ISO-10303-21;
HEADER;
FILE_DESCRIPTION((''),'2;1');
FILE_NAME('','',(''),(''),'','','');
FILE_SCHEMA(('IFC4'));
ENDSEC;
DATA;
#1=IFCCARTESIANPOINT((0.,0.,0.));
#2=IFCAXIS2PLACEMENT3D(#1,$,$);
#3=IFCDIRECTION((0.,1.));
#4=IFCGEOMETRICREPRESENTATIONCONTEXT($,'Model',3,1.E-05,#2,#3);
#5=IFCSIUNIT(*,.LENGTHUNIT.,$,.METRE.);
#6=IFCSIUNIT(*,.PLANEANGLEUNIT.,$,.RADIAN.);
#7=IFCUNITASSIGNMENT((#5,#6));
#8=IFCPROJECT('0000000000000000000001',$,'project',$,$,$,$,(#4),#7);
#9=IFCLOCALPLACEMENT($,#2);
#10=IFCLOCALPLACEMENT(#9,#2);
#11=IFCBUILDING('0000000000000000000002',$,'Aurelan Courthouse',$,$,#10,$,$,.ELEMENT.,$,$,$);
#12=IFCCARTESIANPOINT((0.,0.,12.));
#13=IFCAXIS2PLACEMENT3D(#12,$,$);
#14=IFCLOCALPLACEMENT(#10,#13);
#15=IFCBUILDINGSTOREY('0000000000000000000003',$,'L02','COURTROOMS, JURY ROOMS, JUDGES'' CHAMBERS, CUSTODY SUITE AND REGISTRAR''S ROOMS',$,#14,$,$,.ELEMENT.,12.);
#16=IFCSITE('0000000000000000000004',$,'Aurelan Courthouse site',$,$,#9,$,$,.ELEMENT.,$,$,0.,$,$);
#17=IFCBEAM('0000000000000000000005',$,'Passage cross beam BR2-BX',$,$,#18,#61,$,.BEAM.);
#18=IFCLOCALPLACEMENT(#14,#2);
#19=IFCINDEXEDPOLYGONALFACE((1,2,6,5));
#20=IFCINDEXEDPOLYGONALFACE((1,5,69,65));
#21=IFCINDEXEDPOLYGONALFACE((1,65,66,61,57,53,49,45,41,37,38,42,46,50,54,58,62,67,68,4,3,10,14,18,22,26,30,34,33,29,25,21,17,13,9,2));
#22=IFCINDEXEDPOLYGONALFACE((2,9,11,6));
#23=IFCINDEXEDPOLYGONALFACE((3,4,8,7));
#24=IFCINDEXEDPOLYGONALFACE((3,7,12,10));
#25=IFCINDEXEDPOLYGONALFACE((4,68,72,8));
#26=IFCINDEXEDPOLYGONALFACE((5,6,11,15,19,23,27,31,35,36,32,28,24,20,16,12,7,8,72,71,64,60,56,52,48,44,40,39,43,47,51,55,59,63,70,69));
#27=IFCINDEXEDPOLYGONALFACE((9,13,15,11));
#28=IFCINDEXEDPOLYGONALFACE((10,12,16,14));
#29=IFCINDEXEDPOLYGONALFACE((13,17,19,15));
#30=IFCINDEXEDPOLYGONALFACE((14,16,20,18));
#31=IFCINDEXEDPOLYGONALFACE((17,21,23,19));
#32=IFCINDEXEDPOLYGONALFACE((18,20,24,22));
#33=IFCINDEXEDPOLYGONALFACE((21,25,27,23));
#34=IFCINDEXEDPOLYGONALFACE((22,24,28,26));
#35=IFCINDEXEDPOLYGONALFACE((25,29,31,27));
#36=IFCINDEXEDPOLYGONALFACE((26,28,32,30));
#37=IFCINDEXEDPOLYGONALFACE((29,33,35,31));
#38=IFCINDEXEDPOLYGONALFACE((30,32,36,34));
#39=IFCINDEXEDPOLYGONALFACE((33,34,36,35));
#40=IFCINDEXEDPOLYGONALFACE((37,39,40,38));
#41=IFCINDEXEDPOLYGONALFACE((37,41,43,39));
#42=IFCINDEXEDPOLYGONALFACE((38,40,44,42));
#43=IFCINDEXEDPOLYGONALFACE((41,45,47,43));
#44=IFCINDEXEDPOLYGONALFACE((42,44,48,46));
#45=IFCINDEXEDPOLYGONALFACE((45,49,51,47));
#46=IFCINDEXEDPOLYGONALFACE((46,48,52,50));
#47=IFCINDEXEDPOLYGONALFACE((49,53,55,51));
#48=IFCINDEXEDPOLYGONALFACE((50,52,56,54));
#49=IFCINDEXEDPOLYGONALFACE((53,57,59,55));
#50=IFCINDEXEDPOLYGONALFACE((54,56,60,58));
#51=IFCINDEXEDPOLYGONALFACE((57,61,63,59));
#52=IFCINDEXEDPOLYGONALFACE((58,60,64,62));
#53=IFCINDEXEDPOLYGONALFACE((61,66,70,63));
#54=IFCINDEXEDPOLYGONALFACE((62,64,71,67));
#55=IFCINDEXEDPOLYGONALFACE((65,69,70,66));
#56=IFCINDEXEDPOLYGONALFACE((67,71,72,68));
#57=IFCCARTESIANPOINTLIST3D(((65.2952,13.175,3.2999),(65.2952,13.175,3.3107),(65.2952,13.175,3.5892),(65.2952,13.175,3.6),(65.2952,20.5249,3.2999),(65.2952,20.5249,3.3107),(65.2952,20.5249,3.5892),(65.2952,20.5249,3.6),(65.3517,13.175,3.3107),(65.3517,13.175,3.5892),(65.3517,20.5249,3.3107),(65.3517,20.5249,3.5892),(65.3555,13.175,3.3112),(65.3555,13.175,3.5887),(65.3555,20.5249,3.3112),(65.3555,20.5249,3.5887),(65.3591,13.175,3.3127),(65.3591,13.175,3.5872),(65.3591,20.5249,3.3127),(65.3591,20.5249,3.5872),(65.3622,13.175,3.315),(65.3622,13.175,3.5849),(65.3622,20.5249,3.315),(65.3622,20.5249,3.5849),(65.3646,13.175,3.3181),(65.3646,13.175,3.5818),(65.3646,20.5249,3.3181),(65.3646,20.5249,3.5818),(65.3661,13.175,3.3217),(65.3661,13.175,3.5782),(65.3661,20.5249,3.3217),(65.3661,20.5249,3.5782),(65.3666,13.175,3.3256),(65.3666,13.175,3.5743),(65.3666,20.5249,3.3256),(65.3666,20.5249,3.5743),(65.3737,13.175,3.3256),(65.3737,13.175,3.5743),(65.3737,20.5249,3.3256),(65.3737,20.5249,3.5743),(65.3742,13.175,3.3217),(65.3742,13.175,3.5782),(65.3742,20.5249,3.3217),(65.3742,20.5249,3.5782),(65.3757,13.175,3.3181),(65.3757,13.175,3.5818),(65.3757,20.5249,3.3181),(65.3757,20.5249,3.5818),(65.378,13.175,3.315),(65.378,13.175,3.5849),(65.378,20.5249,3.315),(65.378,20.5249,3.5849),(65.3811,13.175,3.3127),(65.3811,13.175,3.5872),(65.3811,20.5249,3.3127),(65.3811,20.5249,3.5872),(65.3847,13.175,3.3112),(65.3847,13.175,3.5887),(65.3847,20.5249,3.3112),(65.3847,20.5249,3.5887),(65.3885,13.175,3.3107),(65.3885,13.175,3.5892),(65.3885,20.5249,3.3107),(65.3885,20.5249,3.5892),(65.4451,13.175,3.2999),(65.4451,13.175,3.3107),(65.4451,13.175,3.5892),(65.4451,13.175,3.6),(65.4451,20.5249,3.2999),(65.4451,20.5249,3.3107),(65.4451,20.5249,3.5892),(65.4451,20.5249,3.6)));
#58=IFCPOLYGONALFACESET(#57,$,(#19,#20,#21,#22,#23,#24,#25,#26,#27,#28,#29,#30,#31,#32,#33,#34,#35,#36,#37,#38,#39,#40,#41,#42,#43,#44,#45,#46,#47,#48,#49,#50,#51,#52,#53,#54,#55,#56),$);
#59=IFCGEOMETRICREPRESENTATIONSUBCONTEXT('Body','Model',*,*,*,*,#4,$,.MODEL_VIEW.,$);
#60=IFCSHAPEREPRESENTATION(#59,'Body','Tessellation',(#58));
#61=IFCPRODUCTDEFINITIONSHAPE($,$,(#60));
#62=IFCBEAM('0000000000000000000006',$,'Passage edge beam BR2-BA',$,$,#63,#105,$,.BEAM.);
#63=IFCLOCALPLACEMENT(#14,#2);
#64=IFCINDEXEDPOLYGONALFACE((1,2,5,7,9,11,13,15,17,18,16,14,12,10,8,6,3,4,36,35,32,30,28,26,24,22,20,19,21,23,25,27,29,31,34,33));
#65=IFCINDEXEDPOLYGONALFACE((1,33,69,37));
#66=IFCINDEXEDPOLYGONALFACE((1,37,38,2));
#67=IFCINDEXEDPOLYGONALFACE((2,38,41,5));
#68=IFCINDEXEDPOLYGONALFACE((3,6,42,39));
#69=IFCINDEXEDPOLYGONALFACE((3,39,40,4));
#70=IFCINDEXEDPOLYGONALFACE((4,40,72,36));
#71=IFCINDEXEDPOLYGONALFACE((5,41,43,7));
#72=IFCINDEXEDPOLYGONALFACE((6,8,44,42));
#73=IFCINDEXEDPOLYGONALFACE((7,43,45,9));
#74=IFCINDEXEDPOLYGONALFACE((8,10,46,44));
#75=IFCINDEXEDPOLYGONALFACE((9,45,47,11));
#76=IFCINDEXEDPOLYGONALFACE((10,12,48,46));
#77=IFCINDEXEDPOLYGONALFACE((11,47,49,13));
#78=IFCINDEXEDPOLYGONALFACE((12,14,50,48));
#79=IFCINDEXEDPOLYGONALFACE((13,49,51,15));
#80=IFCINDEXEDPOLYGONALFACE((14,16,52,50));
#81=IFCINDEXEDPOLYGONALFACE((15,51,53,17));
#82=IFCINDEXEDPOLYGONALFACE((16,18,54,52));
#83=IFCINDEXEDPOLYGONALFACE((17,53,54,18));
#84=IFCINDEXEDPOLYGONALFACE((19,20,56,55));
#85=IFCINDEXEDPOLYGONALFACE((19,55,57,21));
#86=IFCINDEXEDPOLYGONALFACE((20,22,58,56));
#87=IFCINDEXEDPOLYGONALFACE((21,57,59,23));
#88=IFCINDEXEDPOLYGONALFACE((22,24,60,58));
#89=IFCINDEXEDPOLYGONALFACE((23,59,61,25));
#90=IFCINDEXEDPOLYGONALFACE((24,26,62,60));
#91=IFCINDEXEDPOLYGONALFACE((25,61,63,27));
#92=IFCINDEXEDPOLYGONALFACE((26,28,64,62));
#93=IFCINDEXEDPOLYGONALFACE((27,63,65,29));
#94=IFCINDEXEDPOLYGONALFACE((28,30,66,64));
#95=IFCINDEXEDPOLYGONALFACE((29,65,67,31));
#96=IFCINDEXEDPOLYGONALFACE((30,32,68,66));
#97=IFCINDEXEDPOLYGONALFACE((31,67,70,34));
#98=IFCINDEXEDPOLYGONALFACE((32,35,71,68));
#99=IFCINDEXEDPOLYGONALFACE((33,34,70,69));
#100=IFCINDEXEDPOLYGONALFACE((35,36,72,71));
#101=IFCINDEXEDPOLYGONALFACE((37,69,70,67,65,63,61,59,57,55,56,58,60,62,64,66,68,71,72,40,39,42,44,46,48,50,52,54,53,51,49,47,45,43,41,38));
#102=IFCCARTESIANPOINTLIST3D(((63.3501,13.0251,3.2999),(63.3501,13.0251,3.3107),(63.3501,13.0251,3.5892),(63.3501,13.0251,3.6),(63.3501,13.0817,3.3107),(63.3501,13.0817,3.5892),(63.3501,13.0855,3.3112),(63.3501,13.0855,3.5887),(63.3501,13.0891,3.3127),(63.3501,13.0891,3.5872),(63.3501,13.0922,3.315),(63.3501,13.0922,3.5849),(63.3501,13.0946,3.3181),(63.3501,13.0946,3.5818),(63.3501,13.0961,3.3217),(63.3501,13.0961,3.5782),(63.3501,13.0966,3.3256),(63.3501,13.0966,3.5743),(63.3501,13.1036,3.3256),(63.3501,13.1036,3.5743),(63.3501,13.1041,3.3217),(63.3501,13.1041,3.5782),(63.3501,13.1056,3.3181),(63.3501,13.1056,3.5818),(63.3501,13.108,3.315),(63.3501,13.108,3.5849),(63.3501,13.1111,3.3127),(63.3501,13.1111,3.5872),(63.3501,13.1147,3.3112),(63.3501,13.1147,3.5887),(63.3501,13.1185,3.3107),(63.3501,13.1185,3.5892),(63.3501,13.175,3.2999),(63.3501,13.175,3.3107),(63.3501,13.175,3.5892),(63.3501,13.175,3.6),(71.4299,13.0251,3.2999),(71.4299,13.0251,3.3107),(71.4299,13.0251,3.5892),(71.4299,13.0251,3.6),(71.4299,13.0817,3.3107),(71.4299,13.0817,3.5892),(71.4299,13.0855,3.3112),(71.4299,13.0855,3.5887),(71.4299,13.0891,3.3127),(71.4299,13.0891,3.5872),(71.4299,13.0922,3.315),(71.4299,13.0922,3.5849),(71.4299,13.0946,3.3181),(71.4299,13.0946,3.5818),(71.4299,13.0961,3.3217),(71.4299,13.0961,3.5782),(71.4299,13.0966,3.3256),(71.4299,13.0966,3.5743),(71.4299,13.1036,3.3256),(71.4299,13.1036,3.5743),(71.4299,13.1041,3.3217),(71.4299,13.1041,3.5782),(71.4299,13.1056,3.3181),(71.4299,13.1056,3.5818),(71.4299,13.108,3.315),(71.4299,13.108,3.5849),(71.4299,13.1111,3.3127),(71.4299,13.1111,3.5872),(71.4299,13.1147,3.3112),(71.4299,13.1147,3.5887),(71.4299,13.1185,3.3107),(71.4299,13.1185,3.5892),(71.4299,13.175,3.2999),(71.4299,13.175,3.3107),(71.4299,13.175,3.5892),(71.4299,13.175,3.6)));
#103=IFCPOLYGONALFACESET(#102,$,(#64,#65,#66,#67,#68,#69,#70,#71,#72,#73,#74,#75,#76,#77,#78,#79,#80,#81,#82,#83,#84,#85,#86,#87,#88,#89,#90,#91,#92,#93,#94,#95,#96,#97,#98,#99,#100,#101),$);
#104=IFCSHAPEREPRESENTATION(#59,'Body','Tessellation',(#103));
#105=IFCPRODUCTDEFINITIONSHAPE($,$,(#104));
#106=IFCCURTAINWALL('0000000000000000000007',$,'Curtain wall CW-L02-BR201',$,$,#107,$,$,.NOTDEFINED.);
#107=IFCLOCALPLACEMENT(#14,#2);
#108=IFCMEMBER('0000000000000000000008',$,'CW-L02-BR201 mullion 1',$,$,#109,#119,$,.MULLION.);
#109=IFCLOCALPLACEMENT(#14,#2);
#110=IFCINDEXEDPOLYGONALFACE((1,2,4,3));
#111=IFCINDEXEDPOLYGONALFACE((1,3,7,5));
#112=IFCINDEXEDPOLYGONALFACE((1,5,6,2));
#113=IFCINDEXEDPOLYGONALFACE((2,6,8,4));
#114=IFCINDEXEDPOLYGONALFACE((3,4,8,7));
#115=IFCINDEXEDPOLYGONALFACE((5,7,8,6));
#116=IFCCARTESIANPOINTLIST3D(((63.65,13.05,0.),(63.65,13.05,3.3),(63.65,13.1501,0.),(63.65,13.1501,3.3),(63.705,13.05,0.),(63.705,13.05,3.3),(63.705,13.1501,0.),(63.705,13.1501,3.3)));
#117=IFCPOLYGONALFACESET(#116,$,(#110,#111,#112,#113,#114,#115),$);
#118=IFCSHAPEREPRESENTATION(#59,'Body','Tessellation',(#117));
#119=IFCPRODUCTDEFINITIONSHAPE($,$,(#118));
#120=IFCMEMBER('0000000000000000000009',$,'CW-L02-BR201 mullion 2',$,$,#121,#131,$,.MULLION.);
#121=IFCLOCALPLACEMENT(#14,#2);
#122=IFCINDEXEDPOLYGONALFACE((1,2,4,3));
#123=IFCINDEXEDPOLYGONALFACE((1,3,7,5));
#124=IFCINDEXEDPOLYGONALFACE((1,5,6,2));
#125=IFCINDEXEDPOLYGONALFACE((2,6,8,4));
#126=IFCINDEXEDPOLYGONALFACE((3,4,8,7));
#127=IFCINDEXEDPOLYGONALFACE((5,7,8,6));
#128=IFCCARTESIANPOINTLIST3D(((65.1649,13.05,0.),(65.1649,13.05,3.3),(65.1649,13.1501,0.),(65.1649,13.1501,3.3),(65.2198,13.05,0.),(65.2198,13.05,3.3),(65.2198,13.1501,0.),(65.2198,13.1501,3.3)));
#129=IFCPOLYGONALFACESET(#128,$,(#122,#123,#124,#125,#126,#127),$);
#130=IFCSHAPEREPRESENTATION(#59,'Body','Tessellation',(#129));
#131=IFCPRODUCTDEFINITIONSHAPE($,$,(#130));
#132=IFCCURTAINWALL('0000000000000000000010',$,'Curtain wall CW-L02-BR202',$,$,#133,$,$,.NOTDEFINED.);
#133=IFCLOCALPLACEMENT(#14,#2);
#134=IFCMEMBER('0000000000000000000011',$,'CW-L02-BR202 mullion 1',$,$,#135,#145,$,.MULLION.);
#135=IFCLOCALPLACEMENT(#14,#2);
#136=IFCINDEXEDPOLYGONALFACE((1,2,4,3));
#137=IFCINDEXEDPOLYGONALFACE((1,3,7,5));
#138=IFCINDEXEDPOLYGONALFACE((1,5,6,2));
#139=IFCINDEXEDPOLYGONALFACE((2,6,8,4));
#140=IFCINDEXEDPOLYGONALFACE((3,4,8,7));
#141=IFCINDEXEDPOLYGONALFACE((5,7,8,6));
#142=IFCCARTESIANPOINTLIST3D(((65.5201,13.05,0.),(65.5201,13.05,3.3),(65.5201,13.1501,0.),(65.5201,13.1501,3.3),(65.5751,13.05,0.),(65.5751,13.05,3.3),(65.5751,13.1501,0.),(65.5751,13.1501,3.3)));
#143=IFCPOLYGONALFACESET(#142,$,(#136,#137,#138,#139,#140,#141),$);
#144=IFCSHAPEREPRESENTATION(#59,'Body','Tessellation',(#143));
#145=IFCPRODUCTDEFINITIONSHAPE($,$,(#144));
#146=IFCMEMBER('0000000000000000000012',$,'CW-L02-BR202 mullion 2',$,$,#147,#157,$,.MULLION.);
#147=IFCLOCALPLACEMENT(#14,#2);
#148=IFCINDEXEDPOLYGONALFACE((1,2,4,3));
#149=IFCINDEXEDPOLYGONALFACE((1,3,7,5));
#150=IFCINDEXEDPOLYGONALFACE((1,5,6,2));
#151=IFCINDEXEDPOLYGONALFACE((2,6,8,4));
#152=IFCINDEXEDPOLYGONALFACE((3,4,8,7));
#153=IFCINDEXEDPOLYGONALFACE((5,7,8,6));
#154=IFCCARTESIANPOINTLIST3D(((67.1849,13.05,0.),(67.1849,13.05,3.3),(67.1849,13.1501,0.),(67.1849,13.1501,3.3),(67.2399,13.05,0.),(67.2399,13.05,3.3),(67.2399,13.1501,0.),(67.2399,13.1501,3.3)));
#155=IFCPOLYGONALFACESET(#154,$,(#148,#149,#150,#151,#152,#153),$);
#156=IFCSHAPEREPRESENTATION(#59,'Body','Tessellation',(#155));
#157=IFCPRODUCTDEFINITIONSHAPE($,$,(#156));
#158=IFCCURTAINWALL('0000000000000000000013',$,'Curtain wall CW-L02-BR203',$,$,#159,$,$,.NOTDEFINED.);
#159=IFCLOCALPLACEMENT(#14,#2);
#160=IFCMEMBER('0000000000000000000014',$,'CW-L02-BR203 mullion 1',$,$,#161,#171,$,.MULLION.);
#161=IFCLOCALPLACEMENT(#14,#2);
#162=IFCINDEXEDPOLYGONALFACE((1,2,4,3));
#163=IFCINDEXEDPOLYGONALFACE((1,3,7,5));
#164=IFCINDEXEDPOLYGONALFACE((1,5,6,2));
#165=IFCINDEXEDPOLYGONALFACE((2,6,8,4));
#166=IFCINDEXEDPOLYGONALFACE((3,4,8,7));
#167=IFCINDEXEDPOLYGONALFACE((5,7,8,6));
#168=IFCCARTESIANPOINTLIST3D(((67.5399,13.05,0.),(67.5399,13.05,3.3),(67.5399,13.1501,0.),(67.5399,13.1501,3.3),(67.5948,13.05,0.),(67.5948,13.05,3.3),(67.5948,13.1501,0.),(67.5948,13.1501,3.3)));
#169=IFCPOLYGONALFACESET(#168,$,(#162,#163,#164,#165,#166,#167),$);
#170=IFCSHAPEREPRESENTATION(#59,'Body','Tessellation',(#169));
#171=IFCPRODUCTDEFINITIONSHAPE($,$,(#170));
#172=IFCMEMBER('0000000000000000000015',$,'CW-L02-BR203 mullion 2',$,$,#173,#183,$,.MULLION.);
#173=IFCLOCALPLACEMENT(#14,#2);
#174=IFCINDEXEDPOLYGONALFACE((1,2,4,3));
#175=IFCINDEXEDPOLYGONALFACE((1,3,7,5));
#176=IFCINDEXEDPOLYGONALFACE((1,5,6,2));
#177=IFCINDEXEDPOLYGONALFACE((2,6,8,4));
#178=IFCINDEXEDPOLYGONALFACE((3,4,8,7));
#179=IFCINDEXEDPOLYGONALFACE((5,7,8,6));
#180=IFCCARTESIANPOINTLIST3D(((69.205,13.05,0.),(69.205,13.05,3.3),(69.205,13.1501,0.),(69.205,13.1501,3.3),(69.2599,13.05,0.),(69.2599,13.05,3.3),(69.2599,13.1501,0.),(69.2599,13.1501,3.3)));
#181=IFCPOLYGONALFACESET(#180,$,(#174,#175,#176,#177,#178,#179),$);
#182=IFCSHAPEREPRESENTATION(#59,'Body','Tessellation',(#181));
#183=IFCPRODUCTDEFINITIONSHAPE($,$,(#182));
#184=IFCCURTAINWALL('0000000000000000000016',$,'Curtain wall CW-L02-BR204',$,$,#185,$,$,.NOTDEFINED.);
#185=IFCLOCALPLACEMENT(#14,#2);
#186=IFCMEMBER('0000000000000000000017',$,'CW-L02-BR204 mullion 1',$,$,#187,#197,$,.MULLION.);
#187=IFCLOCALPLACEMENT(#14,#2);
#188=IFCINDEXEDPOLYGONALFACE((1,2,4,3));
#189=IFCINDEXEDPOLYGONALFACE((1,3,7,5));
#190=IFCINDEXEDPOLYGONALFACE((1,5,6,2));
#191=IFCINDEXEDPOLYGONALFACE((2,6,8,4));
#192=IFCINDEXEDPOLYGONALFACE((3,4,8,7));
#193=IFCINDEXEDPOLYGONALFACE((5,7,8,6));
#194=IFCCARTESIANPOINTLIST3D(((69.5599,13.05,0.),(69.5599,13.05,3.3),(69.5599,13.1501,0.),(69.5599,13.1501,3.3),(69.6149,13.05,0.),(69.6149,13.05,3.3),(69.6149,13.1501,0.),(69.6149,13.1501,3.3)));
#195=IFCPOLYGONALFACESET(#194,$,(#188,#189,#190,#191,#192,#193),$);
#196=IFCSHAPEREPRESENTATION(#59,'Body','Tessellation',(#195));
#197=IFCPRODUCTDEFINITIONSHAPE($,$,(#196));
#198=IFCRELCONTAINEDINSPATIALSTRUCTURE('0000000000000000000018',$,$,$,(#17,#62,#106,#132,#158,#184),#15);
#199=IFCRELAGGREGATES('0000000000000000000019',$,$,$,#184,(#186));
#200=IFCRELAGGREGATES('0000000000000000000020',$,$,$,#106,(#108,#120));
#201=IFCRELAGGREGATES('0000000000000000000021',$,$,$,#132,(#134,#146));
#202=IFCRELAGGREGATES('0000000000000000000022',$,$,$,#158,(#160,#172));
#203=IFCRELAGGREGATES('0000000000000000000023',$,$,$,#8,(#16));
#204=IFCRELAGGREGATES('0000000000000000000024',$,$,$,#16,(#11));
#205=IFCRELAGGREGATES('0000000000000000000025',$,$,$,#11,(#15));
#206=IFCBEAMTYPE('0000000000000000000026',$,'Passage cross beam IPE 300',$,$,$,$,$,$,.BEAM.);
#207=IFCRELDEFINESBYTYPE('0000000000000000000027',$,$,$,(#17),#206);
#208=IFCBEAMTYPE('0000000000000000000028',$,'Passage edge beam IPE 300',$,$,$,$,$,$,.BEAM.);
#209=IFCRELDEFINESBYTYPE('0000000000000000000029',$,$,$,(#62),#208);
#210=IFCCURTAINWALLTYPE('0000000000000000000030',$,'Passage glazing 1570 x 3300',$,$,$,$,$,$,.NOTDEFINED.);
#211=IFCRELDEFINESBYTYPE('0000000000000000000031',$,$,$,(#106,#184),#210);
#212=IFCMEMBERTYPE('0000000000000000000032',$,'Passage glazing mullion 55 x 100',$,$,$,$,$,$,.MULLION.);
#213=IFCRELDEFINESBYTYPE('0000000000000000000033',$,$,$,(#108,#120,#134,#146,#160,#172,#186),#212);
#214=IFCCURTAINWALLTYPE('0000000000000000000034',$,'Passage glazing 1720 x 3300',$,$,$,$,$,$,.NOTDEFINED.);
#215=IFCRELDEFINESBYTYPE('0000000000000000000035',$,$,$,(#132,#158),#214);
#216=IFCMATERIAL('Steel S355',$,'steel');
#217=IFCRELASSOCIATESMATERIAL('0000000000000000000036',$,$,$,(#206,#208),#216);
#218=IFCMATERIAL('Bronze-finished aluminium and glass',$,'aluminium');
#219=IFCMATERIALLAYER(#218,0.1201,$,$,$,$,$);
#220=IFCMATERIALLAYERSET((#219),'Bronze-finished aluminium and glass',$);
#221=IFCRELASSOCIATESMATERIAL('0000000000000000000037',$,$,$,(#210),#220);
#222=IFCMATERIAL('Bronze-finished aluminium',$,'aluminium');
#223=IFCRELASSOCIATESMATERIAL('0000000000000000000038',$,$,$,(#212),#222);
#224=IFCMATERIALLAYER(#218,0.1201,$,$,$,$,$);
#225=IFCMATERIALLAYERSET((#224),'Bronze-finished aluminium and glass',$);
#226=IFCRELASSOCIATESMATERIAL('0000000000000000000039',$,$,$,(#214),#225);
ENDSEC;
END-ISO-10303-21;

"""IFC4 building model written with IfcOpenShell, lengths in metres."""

from ifc_helpers import new_model, si_unit, direction, frame, origin, origin_2d, place, context, subcontext, project, spatial, rectangle, i_section, extrude, material, layer, layer_set, material_profile, profile_set, type_object, element, aggregate, save


model = new_model("IFC4")

# Units and contexts
model_context = context("Model", 3, precision=1e-05, world=origin(), true_north=direction((0.0, 1.0)))
body_context = subcontext(model_context, "Body", "Model", "MODEL_VIEW")
ifc_project = project(units=[si_unit("LENGTHUNIT", "METRE"), si_unit("PLANEANGLEUNIT", "RADIAN")], contexts=[model_context])

# Site, building, storey
site_placement = place(None, origin())
site = spatial("IfcSite", under=ifc_project, at=site_placement, Name="Aurelan Courthouse site", CompositionType="ELEMENT", RefElevation=0.0)
building_placement = place(site_placement, origin())
building = spatial("IfcBuilding", under=site, at=building_placement, Name="Aurelan Courthouse", CompositionType="ELEMENT")
storey_placement = place(building_placement, frame((0.0, 0.0, 12.0)))
storey = spatial("IfcBuildingStorey", under=building, at=storey_placement, Name="L02", Description="COURTROOMS, JURY ROOMS, JUDGES' CHAMBERS, CUSTODY SUITE AND REGISTRAR'S ROOMS", CompositionType="ELEMENT", Elevation=12.0)

# Shared definitions
ifc_material_1 = material(Name="Steel S355", Category="steel")

# Beams
ifc_material_profile_1 = material_profile(ifc_material_1, i_section(OverallWidth=0.1499, OverallDepth=0.3, WebThickness=0.0071, FlangeThickness=0.0107, FilletRadius=0.0149, at=origin_2d()), Name="IPE 300")
ifc_profile_set_1 = profile_set([ifc_material_profile_1], Name="Steel S355")
beam_type_1 = type_object("IfcBeamType", Name="Passage cross beam IPE 300", PredefinedType="BEAM", material=ifc_profile_set_1)
beam_1_placement = place(storey_placement, frame((65.3701, 13.175, 3.45), z_axis=(0.0, 1.0, 0.0), x_axis=(-1.0, 0.0, 0.0)))
element("IfcBeam", 1, at=beam_1_placement, inside=storey, type_object=beam_type_1, Name="Passage cross beam BR2-BX", PredefinedType="BEAM", context=body_context, shape_type="SweptSolid", body=[
    extrude(i_section(OverallWidth=0.1499, OverallDepth=0.3, WebThickness=0.0071, FlangeThickness=0.0107, FilletRadius=0.0149, at=origin_2d()), origin(), (0.0, 0.0, 1.0), 7.3499),
])
ifc_material_profile_2 = material_profile(ifc_material_1, i_section(OverallWidth=0.1499, OverallDepth=0.3, WebThickness=0.0071, FlangeThickness=0.0107, FilletRadius=0.0149, at=origin_2d()), Name="IPE 300")
ifc_profile_set_2 = profile_set([ifc_material_profile_2], Name="Steel S355")
beam_type_2 = type_object("IfcBeamType", Name="Passage edge beam IPE 300", PredefinedType="BEAM", material=ifc_profile_set_2)
beam_2_placement = place(storey_placement, frame((63.3501, 13.1001, 3.45), z_axis=(1.0, 0.0, 0.0), x_axis=(0.0, 1.0, 0.0)))
element("IfcBeam", 2, at=beam_2_placement, inside=storey, type_object=beam_type_2, Name="Passage edge beam BR2-BA", PredefinedType="BEAM", context=body_context, shape_type="SweptSolid", body=[
    extrude(i_section(OverallWidth=0.1499, OverallDepth=0.3, WebThickness=0.0071, FlangeThickness=0.0107, FilletRadius=0.0149, at=origin_2d()), origin(), (0.0, 0.0, 1.0), 8.0798),
])

# Curtain walls, members
ifc_material_2 = material(Name="Bronze-finished aluminium and glass", Category="aluminium")
ifc_layer_1 = layer(ifc_material_2, 0.1201)
ifc_layer_set_1 = layer_set([ifc_layer_1], Name="Bronze-finished aluminium and glass")
curtain_wall_type_1 = type_object("IfcCurtainWallType", Name="Passage glazing 1570 x 3300", PredefinedType="NOTDEFINED", material=ifc_layer_set_1)
curtain_wall_1_placement = place(storey_placement, origin())
curtain_wall_1 = element("IfcCurtainWall", 3, at=curtain_wall_1_placement, inside=storey, type_object=curtain_wall_type_1, Name="Curtain wall CW-L02-BR201", PredefinedType="NOTDEFINED")
ifc_material_3 = material(Name="Bronze-finished aluminium", Category="aluminium")
ifc_material_profile_3 = material_profile(ifc_material_3, rectangle(XDim=0.1001, YDim=0.0549, at=origin_2d()), Name="Passage glazing mullion 55 x 100")
ifc_profile_set_3 = profile_set([ifc_material_profile_3], Name="Bronze-finished aluminium")
member_type_1 = type_object("IfcMemberType", Name="Passage glazing mullion 55 x 100", PredefinedType="MULLION", material=ifc_profile_set_3)
member_1_placement = place(storey_placement, frame((63.6775, 13.1001, 0.0), z_axis=(0.0, 0.0, 1.0), x_axis=(0.0, 1.0, 0.0)))
member_1 = element("IfcMember", 4, at=member_1_placement, type_object=member_type_1, Name="CW-L02-BR201 mullion 1", PredefinedType="MULLION", context=body_context, shape_type="SweptSolid", body=[
    extrude(rectangle(XDim=0.1001, YDim=0.0549, at=origin_2d()), origin(), (0.0, 0.0, 1.0), 3.3),
])
member_2_placement = place(storey_placement, frame((65.1924, 13.1001, 0.0), z_axis=(0.0, 0.0, 1.0), x_axis=(0.0, 1.0, 0.0)))
member_2 = element("IfcMember", 5, at=member_2_placement, type_object=member_type_1, Name="CW-L02-BR201 mullion 2", PredefinedType="MULLION", context=body_context, shape_type="SweptSolid", body=[
    extrude(rectangle(XDim=0.1001, YDim=0.0549, at=origin_2d()), origin(), (0.0, 0.0, 1.0), 3.3),
])
ifc_layer_2 = layer(ifc_material_2, 0.1201)
ifc_layer_set_2 = layer_set([ifc_layer_2], Name="Bronze-finished aluminium and glass")
curtain_wall_type_2 = type_object("IfcCurtainWallType", Name="Passage glazing 1720 x 3300", PredefinedType="NOTDEFINED", material=ifc_layer_set_2)
curtain_wall_2_placement = place(storey_placement, origin())
curtain_wall_2 = element("IfcCurtainWall", 6, at=curtain_wall_2_placement, inside=storey, type_object=curtain_wall_type_2, Name="Curtain wall CW-L02-BR202", PredefinedType="NOTDEFINED")
member_3_placement = place(storey_placement, frame((65.5476, 13.1001, 0.0), z_axis=(0.0, 0.0, 1.0), x_axis=(0.0, 1.0, 0.0)))
member_3 = element("IfcMember", 7, at=member_3_placement, type_object=member_type_1, Name="CW-L02-BR202 mullion 1", PredefinedType="MULLION", context=body_context, shape_type="SweptSolid", body=[
    extrude(rectangle(XDim=0.1001, YDim=0.0549, at=origin_2d()), origin(), (0.0, 0.0, 1.0), 3.3),
])
member_4_placement = place(storey_placement, frame((67.2124, 13.1001, 0.0), z_axis=(0.0, 0.0, 1.0), x_axis=(0.0, 1.0, 0.0)))
member_4 = element("IfcMember", 8, at=member_4_placement, type_object=member_type_1, Name="CW-L02-BR202 mullion 2", PredefinedType="MULLION", context=body_context, shape_type="SweptSolid", body=[
    extrude(rectangle(XDim=0.1001, YDim=0.0549, at=origin_2d()), origin(), (0.0, 0.0, 1.0), 3.3),
])
curtain_wall_3_placement = place(storey_placement, origin())
curtain_wall_3 = element("IfcCurtainWall", 9, at=curtain_wall_3_placement, inside=storey, type_object=curtain_wall_type_2, Name="Curtain wall CW-L02-BR203", PredefinedType="NOTDEFINED")
member_5_placement = place(storey_placement, frame((67.5674, 13.1001, 0.0), z_axis=(0.0, 0.0, 1.0), x_axis=(0.0, 1.0, 0.0)))
member_5 = element("IfcMember", 10, at=member_5_placement, type_object=member_type_1, Name="CW-L02-BR203 mullion 1", PredefinedType="MULLION", context=body_context, shape_type="SweptSolid", body=[
    extrude(rectangle(XDim=0.1001, YDim=0.0549, at=origin_2d()), origin(), (0.0, 0.0, 1.0), 3.3),
])
member_6_placement = place(storey_placement, frame((69.2324, 13.1001, 0.0), z_axis=(0.0, 0.0, 1.0), x_axis=(0.0, 1.0, 0.0)))
member_6 = element("IfcMember", 11, at=member_6_placement, type_object=member_type_1, Name="CW-L02-BR203 mullion 2", PredefinedType="MULLION", context=body_context, shape_type="SweptSolid", body=[
    extrude(rectangle(XDim=0.1001, YDim=0.0549, at=origin_2d()), origin(), (0.0, 0.0, 1.0), 3.3),
])

# Curtain wall, member
curtain_wall_4_placement = place(storey_placement, origin())
curtain_wall_4 = element("IfcCurtainWall", 12, at=curtain_wall_4_placement, inside=storey, type_object=curtain_wall_type_1, Name="Curtain wall CW-L02-BR204", PredefinedType="NOTDEFINED")
member_7_placement = place(storey_placement, frame((69.5874, 13.1001, 0.0), z_axis=(0.0, 0.0, 1.0), x_axis=(0.0, 1.0, 0.0)))
member_7 = element("IfcMember", 13, at=member_7_placement, type_object=member_type_1, Name="CW-L02-BR204 mullion 1", PredefinedType="MULLION", context=body_context, shape_type="SweptSolid", body=[
    extrude(rectangle(XDim=0.1001, YDim=0.0549, at=origin_2d()), origin(), (0.0, 0.0, 1.0), 3.3),
])

aggregate(curtain_wall_4, [member_7])

aggregate(curtain_wall_1, [member_1, member_2])
aggregate(curtain_wall_2, [member_3, member_4])
aggregate(curtain_wall_3, [member_5, member_6])

save(model, "model.ifc")
